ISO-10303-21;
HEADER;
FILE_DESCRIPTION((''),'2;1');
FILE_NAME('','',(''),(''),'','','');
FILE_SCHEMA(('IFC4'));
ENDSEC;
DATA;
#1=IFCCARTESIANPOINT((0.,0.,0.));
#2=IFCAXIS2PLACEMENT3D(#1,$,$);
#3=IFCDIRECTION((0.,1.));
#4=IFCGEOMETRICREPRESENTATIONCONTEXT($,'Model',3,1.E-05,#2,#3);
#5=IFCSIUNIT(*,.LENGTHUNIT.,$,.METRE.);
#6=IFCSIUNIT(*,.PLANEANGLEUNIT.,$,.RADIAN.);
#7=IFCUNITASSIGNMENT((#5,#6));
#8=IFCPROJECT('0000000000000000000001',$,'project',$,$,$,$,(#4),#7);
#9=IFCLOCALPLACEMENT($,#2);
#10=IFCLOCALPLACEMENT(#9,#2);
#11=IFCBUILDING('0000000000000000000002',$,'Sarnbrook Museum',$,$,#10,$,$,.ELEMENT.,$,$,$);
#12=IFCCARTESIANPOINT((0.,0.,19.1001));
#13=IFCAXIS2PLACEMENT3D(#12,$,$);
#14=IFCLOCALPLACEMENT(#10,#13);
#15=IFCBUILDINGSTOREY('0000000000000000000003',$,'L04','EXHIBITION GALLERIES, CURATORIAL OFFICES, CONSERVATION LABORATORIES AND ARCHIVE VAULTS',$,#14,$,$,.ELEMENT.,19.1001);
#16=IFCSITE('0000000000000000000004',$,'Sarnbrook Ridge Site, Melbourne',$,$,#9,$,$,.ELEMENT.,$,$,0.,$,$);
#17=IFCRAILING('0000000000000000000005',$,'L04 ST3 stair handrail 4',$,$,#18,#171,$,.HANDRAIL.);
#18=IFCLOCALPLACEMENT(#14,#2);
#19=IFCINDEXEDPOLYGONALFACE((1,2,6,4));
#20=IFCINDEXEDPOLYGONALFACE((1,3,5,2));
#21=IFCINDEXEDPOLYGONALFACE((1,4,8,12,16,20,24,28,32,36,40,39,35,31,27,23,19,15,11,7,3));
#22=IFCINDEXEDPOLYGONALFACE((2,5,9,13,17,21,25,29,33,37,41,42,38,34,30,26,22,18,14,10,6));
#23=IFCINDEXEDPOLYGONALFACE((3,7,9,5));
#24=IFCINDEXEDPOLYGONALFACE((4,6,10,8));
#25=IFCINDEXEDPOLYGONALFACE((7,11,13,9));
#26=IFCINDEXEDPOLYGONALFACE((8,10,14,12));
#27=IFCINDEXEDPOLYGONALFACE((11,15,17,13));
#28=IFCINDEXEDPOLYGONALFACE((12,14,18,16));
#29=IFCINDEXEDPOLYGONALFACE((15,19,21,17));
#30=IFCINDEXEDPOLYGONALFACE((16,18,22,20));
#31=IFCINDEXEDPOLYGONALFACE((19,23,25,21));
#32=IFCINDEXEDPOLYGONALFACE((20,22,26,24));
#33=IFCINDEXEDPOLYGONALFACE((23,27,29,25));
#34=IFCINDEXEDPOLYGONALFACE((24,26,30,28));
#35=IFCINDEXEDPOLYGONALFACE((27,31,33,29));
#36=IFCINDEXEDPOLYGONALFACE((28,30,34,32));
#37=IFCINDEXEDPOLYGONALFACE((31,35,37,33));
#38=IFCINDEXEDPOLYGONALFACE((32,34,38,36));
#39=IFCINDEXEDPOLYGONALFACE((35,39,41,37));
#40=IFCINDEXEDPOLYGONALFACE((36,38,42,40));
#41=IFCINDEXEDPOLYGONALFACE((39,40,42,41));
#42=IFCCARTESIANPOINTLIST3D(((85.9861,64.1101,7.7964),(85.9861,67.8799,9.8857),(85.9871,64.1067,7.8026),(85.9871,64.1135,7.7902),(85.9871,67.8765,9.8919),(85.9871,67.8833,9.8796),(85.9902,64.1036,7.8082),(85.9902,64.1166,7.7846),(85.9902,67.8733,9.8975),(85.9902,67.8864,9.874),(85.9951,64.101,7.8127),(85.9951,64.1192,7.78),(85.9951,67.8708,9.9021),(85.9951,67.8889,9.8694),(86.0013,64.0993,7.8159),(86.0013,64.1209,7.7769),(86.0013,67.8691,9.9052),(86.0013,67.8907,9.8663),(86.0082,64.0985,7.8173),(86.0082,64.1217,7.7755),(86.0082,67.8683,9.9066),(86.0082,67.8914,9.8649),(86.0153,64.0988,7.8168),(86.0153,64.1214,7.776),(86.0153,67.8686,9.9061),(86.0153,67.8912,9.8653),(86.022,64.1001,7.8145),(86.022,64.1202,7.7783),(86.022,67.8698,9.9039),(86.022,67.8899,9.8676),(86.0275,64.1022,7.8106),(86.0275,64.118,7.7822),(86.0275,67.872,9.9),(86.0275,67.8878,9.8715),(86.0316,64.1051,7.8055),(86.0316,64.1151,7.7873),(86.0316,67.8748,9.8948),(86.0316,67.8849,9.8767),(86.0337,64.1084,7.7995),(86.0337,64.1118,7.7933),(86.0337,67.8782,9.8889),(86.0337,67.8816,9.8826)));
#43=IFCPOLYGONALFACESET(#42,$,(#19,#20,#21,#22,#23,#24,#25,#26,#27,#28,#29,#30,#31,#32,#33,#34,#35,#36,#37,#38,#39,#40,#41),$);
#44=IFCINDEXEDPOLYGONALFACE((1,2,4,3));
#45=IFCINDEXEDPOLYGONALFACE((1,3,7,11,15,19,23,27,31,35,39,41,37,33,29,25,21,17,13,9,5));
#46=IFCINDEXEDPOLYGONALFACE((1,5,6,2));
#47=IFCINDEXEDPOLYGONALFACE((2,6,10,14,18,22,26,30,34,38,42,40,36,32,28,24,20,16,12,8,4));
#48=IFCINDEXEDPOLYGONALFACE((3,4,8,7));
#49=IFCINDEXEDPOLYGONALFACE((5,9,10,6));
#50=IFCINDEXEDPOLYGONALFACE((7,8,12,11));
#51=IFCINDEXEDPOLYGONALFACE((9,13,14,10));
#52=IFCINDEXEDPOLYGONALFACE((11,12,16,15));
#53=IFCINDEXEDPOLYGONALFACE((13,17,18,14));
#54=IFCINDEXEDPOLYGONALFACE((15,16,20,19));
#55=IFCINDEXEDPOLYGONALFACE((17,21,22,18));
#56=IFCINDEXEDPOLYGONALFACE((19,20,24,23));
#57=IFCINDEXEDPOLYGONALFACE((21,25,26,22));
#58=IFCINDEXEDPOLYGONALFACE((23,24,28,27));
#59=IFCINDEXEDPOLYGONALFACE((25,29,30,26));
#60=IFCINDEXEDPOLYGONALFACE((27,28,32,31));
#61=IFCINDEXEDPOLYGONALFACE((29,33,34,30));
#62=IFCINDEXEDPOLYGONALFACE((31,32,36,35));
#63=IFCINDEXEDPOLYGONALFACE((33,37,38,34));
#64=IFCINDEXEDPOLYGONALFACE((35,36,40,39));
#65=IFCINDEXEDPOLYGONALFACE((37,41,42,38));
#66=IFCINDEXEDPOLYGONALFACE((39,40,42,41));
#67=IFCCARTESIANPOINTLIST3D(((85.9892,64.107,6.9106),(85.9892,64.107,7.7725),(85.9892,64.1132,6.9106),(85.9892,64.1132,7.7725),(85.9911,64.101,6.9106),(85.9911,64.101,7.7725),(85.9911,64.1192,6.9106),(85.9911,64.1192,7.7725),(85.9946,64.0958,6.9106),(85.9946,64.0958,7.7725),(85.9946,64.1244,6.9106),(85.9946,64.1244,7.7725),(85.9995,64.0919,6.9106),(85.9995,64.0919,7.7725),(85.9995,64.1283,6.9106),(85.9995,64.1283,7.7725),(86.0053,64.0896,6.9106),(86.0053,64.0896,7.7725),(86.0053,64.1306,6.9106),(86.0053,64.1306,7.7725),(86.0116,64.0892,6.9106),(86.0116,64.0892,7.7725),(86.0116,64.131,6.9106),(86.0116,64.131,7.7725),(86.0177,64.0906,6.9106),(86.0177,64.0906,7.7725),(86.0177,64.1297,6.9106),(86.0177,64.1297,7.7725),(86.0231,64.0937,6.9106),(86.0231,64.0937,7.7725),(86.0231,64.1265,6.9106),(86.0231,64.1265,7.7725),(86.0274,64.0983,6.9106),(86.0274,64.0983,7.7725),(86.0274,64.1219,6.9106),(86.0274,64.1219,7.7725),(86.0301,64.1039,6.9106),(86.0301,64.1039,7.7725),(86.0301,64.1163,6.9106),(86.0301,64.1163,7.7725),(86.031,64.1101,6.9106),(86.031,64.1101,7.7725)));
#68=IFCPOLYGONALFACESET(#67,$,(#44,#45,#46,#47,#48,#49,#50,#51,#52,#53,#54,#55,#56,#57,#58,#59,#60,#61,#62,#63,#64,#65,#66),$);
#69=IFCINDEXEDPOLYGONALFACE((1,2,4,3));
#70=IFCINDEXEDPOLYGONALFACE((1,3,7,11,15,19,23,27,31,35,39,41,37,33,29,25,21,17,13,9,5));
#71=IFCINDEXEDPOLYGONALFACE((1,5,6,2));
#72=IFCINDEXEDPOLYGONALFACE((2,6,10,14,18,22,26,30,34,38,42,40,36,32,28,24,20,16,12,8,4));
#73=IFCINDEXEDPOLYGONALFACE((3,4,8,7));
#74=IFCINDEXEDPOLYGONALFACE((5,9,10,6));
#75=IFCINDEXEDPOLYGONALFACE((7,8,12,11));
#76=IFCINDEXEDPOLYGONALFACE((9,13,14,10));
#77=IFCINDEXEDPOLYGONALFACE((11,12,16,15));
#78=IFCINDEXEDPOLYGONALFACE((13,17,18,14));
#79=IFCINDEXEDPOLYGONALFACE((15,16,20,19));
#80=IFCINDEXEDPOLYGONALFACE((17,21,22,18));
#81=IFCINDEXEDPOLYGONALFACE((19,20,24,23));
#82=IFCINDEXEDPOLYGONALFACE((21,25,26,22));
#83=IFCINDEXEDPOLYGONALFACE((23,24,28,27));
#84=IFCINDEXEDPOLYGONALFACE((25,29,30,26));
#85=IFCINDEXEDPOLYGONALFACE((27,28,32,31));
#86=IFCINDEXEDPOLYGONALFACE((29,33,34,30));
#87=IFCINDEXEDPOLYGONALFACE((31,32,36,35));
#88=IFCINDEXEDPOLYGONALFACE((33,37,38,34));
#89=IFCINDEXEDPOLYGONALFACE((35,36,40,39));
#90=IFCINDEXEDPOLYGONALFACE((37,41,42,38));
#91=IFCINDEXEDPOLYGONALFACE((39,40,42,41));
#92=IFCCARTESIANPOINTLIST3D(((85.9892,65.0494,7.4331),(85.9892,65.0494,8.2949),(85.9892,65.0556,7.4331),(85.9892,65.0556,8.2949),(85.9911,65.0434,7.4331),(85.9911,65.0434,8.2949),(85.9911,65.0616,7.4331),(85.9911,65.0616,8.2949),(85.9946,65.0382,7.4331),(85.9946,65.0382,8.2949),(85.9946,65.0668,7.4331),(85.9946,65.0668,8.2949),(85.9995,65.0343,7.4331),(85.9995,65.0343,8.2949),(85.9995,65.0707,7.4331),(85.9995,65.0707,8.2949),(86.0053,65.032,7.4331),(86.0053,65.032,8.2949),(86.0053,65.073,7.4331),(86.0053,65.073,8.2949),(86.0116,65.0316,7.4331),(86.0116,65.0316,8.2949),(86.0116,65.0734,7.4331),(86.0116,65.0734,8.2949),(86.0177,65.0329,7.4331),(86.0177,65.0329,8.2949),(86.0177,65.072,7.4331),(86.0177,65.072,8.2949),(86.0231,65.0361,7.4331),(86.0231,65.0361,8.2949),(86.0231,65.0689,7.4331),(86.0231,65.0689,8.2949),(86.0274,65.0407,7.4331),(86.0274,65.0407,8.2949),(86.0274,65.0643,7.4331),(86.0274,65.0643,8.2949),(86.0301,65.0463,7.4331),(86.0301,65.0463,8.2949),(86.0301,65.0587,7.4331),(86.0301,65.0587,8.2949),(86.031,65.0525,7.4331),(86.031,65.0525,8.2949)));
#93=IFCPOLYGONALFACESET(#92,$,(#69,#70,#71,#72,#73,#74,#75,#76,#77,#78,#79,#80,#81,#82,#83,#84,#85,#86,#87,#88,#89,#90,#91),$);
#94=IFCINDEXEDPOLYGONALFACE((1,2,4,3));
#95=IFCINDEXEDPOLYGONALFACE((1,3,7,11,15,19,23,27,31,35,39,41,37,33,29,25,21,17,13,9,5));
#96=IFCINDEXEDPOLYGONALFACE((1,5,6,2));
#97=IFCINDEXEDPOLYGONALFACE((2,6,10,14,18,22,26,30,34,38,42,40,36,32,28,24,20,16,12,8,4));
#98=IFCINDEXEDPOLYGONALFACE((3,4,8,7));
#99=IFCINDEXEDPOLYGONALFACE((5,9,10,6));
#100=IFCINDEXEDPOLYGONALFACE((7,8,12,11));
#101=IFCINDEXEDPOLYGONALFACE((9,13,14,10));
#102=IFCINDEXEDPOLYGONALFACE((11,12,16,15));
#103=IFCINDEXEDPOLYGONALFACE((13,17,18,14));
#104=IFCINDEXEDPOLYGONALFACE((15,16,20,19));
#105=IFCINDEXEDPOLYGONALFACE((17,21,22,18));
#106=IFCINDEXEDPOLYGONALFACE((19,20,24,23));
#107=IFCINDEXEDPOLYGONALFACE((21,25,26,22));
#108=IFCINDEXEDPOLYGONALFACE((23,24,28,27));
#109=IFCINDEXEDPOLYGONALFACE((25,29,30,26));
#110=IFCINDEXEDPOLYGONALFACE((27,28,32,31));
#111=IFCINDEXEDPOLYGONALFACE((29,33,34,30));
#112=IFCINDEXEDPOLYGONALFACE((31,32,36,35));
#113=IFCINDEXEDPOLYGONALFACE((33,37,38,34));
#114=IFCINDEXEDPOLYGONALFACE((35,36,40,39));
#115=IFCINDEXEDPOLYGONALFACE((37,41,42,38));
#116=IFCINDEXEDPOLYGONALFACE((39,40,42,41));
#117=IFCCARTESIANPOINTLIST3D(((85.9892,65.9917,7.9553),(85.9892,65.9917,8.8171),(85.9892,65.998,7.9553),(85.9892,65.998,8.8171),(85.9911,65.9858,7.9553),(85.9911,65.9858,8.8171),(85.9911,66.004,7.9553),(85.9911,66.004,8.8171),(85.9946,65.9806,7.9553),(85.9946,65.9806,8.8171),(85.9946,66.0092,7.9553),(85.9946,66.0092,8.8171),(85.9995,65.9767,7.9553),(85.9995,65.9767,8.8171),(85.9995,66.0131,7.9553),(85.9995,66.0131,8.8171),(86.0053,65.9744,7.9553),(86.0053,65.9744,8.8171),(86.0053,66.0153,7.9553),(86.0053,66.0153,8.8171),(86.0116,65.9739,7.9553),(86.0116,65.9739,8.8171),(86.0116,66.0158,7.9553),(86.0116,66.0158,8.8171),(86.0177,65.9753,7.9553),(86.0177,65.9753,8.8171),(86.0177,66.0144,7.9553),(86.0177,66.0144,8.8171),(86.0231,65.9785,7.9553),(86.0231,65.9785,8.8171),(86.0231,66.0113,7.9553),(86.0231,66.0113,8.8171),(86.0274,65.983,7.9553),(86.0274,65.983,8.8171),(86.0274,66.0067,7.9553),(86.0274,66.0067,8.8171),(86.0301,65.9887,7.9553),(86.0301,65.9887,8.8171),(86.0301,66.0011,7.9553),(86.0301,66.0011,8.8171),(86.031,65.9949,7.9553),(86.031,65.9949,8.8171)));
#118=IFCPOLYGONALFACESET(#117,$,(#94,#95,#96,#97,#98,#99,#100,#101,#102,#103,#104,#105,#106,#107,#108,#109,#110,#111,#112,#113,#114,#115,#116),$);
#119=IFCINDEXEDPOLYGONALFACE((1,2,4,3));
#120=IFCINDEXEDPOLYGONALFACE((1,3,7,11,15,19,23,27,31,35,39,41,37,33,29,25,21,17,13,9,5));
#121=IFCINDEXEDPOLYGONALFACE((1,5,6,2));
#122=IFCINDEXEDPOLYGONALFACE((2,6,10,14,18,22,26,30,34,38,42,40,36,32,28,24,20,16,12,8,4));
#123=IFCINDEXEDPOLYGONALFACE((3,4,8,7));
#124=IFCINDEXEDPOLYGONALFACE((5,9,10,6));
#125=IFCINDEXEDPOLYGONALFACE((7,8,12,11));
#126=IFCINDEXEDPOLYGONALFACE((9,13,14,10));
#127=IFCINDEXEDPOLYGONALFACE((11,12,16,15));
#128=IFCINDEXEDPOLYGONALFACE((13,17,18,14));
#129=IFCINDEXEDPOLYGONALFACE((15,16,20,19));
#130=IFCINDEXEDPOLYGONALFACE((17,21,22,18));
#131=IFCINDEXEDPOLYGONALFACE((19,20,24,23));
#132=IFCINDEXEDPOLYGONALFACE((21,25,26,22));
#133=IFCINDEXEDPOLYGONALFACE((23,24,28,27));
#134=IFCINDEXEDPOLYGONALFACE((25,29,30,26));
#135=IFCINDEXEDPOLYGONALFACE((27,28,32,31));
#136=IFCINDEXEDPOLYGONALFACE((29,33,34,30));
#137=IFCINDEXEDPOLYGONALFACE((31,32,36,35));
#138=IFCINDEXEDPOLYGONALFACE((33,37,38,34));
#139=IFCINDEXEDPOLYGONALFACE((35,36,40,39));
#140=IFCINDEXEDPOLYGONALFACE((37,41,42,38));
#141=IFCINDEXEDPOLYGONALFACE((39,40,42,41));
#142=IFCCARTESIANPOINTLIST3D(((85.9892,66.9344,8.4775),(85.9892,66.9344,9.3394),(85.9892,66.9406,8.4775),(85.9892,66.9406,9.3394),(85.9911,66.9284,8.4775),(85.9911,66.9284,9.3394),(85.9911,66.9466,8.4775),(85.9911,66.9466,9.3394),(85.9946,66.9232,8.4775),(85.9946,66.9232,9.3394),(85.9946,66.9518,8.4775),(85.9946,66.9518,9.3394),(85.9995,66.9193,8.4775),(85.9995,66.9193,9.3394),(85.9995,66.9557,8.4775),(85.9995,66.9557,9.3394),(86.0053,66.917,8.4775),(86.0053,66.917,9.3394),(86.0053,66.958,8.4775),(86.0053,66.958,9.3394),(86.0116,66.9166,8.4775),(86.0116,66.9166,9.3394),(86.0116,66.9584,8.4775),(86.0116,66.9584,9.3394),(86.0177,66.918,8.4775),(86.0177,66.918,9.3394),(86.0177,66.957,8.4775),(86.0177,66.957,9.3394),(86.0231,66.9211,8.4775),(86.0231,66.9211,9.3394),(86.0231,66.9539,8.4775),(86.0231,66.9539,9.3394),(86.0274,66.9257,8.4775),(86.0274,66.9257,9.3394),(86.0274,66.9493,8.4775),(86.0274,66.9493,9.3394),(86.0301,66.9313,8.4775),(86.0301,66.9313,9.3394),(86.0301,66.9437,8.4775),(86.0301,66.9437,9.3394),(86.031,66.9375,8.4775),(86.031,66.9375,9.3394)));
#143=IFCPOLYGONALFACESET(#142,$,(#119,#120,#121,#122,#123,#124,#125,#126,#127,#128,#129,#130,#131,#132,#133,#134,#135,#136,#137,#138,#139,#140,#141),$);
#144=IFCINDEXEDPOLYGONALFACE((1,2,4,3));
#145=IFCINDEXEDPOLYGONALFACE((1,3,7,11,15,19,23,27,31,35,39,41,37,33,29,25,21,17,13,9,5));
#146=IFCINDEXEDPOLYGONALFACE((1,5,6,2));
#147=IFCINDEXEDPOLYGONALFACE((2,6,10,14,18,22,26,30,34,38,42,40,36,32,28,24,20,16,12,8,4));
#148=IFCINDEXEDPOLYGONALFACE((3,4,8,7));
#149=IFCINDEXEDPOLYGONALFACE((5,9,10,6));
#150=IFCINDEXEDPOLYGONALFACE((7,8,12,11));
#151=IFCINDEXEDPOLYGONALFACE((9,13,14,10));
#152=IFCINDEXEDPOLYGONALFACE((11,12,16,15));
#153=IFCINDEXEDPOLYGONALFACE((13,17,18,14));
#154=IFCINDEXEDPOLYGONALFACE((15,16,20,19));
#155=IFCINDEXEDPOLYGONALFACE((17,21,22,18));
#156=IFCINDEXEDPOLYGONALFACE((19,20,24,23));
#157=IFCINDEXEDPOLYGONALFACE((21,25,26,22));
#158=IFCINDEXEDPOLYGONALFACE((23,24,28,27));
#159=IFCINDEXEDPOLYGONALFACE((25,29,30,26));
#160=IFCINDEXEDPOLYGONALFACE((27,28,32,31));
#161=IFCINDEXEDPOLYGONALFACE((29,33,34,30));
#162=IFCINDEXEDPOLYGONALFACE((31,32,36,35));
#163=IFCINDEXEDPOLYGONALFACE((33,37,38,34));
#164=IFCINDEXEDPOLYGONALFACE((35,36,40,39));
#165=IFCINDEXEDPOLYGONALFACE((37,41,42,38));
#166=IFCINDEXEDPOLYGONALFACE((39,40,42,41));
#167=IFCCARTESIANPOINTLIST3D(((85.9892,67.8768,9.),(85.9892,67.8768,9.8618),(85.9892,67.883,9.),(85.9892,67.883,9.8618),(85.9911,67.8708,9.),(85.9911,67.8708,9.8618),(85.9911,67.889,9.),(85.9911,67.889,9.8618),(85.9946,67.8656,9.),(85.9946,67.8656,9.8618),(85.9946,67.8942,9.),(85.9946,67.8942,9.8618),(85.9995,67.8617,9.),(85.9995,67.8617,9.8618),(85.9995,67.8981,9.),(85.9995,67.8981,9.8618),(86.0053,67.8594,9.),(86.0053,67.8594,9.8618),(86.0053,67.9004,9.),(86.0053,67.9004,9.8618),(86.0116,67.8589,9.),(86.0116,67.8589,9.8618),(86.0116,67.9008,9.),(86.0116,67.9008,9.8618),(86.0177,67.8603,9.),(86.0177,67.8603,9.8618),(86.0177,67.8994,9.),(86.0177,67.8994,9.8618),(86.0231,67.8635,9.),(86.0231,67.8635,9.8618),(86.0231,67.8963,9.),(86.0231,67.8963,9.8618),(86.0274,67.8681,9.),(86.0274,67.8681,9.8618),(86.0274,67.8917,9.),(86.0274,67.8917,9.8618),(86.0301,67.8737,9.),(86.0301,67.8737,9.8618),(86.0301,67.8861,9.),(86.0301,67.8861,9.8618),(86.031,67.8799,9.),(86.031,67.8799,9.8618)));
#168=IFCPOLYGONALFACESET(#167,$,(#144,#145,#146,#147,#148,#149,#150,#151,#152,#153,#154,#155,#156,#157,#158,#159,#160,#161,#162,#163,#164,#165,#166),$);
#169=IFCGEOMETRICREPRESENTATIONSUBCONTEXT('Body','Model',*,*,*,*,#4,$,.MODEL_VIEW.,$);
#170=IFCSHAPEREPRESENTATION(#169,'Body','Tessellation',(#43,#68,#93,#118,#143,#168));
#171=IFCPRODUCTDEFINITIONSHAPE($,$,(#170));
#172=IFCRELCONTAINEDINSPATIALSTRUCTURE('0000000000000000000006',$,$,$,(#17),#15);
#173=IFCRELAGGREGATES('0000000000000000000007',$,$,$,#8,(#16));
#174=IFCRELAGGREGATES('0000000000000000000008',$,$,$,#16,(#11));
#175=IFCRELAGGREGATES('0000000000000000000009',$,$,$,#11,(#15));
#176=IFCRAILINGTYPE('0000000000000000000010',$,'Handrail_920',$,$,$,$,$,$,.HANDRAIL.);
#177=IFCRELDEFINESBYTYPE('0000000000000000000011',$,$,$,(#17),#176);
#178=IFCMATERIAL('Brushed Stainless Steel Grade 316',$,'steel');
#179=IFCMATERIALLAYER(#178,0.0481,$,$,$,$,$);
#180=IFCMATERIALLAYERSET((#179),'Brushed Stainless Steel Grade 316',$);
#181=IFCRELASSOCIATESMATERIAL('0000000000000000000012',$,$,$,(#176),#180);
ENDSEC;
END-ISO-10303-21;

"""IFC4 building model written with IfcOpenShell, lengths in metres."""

from ifc_helpers import new_model, si_unit, direction, frame, origin, origin_2d, place, context, subcontext, project, spatial, circle, extrude, material, layer, layer_set, type_object, element, save


model = new_model("IFC4")

# Units and contexts
model_context = context("Model", 3, precision=1e-05, world=origin(), true_north=direction((0.0, 1.0)))
body_context = subcontext(model_context, "Body", "Model", "MODEL_VIEW")
ifc_project = project(units=[si_unit("LENGTHUNIT", "METRE"), si_unit("PLANEANGLEUNIT", "RADIAN")], contexts=[model_context])

# Site, building, storey
site_placement = place(None, origin())
site = spatial("IfcSite", under=ifc_project, at=site_placement, Name="Sarnbrook Ridge Site, Melbourne", CompositionType="ELEMENT", RefElevation=0.0)
building_placement = place(site_placement, origin())
building = spatial("IfcBuilding", under=site, at=building_placement, Name="Sarnbrook Museum", CompositionType="ELEMENT")
storey_placement = place(building_placement, frame((0.0, 0.0, 19.1001)))
storey = spatial("IfcBuildingStorey", under=building, at=storey_placement, Name="L04", Description="EXHIBITION GALLERIES, CURATORIAL OFFICES, CONSERVATION LABORATORIES AND ARCHIVE VAULTS", CompositionType="ELEMENT", Elevation=19.1001)

# Shared definitions
ifc_material_1 = material(Name="Brushed Stainless Steel Grade 316", Category="steel")

# Railing
ifc_layer_1 = layer(ifc_material_1, 0.0481)
ifc_layer_set_1 = layer_set([ifc_layer_1], Name="Brushed Stainless Steel Grade 316")
railing_type_1 = type_object("IfcRailingType", Name="Handrail_920", PredefinedType="HANDRAIL", material=ifc_layer_set_1)
railing_1_placement = place(storey_placement, frame((86.01, 64.1101, 6.9106)))
element("IfcRailing", 1, at=railing_1_placement, inside=storey, type_object=railing_type_1, Name="L04 ST3 stair handrail 4", PredefinedType="HANDRAIL", context=body_context, shape_type="SweptSolid", body=[
    extrude(circle(Radius=0.0239, at=origin_2d()), frame((0.0, 0.0, 0.8857), z_axis=(0.0, 0.874646, 0.484763), x_axis=(-1.0, 0.0, 0.0)), (0.0, 0.0, 1.0), 4.3101),
    extrude(circle(Radius=0.021, at=origin_2d()), origin(), (0.0, 0.0, 1.0), 0.8618),
    extrude(circle(Radius=0.021, at=origin_2d()), frame((0.0, 0.9424, 0.5225)), (0.0, 0.0, 1.0), 0.8618),
    extrude(circle(Radius=0.021, at=origin_2d()), frame((0.0, 1.8848, 1.0447)), (0.0, 0.0, 1.0), 0.8618),
    extrude(circle(Radius=0.021, at=origin_2d()), frame((0.0, 2.8274, 1.5669)), (0.0, 0.0, 1.0), 0.8618),
    extrude(circle(Radius=0.021, at=origin_2d()), frame((0.0, 3.7698, 2.0894)), (0.0, 0.0, 1.0), 0.8618),
])

save(model, "model.ifc")
